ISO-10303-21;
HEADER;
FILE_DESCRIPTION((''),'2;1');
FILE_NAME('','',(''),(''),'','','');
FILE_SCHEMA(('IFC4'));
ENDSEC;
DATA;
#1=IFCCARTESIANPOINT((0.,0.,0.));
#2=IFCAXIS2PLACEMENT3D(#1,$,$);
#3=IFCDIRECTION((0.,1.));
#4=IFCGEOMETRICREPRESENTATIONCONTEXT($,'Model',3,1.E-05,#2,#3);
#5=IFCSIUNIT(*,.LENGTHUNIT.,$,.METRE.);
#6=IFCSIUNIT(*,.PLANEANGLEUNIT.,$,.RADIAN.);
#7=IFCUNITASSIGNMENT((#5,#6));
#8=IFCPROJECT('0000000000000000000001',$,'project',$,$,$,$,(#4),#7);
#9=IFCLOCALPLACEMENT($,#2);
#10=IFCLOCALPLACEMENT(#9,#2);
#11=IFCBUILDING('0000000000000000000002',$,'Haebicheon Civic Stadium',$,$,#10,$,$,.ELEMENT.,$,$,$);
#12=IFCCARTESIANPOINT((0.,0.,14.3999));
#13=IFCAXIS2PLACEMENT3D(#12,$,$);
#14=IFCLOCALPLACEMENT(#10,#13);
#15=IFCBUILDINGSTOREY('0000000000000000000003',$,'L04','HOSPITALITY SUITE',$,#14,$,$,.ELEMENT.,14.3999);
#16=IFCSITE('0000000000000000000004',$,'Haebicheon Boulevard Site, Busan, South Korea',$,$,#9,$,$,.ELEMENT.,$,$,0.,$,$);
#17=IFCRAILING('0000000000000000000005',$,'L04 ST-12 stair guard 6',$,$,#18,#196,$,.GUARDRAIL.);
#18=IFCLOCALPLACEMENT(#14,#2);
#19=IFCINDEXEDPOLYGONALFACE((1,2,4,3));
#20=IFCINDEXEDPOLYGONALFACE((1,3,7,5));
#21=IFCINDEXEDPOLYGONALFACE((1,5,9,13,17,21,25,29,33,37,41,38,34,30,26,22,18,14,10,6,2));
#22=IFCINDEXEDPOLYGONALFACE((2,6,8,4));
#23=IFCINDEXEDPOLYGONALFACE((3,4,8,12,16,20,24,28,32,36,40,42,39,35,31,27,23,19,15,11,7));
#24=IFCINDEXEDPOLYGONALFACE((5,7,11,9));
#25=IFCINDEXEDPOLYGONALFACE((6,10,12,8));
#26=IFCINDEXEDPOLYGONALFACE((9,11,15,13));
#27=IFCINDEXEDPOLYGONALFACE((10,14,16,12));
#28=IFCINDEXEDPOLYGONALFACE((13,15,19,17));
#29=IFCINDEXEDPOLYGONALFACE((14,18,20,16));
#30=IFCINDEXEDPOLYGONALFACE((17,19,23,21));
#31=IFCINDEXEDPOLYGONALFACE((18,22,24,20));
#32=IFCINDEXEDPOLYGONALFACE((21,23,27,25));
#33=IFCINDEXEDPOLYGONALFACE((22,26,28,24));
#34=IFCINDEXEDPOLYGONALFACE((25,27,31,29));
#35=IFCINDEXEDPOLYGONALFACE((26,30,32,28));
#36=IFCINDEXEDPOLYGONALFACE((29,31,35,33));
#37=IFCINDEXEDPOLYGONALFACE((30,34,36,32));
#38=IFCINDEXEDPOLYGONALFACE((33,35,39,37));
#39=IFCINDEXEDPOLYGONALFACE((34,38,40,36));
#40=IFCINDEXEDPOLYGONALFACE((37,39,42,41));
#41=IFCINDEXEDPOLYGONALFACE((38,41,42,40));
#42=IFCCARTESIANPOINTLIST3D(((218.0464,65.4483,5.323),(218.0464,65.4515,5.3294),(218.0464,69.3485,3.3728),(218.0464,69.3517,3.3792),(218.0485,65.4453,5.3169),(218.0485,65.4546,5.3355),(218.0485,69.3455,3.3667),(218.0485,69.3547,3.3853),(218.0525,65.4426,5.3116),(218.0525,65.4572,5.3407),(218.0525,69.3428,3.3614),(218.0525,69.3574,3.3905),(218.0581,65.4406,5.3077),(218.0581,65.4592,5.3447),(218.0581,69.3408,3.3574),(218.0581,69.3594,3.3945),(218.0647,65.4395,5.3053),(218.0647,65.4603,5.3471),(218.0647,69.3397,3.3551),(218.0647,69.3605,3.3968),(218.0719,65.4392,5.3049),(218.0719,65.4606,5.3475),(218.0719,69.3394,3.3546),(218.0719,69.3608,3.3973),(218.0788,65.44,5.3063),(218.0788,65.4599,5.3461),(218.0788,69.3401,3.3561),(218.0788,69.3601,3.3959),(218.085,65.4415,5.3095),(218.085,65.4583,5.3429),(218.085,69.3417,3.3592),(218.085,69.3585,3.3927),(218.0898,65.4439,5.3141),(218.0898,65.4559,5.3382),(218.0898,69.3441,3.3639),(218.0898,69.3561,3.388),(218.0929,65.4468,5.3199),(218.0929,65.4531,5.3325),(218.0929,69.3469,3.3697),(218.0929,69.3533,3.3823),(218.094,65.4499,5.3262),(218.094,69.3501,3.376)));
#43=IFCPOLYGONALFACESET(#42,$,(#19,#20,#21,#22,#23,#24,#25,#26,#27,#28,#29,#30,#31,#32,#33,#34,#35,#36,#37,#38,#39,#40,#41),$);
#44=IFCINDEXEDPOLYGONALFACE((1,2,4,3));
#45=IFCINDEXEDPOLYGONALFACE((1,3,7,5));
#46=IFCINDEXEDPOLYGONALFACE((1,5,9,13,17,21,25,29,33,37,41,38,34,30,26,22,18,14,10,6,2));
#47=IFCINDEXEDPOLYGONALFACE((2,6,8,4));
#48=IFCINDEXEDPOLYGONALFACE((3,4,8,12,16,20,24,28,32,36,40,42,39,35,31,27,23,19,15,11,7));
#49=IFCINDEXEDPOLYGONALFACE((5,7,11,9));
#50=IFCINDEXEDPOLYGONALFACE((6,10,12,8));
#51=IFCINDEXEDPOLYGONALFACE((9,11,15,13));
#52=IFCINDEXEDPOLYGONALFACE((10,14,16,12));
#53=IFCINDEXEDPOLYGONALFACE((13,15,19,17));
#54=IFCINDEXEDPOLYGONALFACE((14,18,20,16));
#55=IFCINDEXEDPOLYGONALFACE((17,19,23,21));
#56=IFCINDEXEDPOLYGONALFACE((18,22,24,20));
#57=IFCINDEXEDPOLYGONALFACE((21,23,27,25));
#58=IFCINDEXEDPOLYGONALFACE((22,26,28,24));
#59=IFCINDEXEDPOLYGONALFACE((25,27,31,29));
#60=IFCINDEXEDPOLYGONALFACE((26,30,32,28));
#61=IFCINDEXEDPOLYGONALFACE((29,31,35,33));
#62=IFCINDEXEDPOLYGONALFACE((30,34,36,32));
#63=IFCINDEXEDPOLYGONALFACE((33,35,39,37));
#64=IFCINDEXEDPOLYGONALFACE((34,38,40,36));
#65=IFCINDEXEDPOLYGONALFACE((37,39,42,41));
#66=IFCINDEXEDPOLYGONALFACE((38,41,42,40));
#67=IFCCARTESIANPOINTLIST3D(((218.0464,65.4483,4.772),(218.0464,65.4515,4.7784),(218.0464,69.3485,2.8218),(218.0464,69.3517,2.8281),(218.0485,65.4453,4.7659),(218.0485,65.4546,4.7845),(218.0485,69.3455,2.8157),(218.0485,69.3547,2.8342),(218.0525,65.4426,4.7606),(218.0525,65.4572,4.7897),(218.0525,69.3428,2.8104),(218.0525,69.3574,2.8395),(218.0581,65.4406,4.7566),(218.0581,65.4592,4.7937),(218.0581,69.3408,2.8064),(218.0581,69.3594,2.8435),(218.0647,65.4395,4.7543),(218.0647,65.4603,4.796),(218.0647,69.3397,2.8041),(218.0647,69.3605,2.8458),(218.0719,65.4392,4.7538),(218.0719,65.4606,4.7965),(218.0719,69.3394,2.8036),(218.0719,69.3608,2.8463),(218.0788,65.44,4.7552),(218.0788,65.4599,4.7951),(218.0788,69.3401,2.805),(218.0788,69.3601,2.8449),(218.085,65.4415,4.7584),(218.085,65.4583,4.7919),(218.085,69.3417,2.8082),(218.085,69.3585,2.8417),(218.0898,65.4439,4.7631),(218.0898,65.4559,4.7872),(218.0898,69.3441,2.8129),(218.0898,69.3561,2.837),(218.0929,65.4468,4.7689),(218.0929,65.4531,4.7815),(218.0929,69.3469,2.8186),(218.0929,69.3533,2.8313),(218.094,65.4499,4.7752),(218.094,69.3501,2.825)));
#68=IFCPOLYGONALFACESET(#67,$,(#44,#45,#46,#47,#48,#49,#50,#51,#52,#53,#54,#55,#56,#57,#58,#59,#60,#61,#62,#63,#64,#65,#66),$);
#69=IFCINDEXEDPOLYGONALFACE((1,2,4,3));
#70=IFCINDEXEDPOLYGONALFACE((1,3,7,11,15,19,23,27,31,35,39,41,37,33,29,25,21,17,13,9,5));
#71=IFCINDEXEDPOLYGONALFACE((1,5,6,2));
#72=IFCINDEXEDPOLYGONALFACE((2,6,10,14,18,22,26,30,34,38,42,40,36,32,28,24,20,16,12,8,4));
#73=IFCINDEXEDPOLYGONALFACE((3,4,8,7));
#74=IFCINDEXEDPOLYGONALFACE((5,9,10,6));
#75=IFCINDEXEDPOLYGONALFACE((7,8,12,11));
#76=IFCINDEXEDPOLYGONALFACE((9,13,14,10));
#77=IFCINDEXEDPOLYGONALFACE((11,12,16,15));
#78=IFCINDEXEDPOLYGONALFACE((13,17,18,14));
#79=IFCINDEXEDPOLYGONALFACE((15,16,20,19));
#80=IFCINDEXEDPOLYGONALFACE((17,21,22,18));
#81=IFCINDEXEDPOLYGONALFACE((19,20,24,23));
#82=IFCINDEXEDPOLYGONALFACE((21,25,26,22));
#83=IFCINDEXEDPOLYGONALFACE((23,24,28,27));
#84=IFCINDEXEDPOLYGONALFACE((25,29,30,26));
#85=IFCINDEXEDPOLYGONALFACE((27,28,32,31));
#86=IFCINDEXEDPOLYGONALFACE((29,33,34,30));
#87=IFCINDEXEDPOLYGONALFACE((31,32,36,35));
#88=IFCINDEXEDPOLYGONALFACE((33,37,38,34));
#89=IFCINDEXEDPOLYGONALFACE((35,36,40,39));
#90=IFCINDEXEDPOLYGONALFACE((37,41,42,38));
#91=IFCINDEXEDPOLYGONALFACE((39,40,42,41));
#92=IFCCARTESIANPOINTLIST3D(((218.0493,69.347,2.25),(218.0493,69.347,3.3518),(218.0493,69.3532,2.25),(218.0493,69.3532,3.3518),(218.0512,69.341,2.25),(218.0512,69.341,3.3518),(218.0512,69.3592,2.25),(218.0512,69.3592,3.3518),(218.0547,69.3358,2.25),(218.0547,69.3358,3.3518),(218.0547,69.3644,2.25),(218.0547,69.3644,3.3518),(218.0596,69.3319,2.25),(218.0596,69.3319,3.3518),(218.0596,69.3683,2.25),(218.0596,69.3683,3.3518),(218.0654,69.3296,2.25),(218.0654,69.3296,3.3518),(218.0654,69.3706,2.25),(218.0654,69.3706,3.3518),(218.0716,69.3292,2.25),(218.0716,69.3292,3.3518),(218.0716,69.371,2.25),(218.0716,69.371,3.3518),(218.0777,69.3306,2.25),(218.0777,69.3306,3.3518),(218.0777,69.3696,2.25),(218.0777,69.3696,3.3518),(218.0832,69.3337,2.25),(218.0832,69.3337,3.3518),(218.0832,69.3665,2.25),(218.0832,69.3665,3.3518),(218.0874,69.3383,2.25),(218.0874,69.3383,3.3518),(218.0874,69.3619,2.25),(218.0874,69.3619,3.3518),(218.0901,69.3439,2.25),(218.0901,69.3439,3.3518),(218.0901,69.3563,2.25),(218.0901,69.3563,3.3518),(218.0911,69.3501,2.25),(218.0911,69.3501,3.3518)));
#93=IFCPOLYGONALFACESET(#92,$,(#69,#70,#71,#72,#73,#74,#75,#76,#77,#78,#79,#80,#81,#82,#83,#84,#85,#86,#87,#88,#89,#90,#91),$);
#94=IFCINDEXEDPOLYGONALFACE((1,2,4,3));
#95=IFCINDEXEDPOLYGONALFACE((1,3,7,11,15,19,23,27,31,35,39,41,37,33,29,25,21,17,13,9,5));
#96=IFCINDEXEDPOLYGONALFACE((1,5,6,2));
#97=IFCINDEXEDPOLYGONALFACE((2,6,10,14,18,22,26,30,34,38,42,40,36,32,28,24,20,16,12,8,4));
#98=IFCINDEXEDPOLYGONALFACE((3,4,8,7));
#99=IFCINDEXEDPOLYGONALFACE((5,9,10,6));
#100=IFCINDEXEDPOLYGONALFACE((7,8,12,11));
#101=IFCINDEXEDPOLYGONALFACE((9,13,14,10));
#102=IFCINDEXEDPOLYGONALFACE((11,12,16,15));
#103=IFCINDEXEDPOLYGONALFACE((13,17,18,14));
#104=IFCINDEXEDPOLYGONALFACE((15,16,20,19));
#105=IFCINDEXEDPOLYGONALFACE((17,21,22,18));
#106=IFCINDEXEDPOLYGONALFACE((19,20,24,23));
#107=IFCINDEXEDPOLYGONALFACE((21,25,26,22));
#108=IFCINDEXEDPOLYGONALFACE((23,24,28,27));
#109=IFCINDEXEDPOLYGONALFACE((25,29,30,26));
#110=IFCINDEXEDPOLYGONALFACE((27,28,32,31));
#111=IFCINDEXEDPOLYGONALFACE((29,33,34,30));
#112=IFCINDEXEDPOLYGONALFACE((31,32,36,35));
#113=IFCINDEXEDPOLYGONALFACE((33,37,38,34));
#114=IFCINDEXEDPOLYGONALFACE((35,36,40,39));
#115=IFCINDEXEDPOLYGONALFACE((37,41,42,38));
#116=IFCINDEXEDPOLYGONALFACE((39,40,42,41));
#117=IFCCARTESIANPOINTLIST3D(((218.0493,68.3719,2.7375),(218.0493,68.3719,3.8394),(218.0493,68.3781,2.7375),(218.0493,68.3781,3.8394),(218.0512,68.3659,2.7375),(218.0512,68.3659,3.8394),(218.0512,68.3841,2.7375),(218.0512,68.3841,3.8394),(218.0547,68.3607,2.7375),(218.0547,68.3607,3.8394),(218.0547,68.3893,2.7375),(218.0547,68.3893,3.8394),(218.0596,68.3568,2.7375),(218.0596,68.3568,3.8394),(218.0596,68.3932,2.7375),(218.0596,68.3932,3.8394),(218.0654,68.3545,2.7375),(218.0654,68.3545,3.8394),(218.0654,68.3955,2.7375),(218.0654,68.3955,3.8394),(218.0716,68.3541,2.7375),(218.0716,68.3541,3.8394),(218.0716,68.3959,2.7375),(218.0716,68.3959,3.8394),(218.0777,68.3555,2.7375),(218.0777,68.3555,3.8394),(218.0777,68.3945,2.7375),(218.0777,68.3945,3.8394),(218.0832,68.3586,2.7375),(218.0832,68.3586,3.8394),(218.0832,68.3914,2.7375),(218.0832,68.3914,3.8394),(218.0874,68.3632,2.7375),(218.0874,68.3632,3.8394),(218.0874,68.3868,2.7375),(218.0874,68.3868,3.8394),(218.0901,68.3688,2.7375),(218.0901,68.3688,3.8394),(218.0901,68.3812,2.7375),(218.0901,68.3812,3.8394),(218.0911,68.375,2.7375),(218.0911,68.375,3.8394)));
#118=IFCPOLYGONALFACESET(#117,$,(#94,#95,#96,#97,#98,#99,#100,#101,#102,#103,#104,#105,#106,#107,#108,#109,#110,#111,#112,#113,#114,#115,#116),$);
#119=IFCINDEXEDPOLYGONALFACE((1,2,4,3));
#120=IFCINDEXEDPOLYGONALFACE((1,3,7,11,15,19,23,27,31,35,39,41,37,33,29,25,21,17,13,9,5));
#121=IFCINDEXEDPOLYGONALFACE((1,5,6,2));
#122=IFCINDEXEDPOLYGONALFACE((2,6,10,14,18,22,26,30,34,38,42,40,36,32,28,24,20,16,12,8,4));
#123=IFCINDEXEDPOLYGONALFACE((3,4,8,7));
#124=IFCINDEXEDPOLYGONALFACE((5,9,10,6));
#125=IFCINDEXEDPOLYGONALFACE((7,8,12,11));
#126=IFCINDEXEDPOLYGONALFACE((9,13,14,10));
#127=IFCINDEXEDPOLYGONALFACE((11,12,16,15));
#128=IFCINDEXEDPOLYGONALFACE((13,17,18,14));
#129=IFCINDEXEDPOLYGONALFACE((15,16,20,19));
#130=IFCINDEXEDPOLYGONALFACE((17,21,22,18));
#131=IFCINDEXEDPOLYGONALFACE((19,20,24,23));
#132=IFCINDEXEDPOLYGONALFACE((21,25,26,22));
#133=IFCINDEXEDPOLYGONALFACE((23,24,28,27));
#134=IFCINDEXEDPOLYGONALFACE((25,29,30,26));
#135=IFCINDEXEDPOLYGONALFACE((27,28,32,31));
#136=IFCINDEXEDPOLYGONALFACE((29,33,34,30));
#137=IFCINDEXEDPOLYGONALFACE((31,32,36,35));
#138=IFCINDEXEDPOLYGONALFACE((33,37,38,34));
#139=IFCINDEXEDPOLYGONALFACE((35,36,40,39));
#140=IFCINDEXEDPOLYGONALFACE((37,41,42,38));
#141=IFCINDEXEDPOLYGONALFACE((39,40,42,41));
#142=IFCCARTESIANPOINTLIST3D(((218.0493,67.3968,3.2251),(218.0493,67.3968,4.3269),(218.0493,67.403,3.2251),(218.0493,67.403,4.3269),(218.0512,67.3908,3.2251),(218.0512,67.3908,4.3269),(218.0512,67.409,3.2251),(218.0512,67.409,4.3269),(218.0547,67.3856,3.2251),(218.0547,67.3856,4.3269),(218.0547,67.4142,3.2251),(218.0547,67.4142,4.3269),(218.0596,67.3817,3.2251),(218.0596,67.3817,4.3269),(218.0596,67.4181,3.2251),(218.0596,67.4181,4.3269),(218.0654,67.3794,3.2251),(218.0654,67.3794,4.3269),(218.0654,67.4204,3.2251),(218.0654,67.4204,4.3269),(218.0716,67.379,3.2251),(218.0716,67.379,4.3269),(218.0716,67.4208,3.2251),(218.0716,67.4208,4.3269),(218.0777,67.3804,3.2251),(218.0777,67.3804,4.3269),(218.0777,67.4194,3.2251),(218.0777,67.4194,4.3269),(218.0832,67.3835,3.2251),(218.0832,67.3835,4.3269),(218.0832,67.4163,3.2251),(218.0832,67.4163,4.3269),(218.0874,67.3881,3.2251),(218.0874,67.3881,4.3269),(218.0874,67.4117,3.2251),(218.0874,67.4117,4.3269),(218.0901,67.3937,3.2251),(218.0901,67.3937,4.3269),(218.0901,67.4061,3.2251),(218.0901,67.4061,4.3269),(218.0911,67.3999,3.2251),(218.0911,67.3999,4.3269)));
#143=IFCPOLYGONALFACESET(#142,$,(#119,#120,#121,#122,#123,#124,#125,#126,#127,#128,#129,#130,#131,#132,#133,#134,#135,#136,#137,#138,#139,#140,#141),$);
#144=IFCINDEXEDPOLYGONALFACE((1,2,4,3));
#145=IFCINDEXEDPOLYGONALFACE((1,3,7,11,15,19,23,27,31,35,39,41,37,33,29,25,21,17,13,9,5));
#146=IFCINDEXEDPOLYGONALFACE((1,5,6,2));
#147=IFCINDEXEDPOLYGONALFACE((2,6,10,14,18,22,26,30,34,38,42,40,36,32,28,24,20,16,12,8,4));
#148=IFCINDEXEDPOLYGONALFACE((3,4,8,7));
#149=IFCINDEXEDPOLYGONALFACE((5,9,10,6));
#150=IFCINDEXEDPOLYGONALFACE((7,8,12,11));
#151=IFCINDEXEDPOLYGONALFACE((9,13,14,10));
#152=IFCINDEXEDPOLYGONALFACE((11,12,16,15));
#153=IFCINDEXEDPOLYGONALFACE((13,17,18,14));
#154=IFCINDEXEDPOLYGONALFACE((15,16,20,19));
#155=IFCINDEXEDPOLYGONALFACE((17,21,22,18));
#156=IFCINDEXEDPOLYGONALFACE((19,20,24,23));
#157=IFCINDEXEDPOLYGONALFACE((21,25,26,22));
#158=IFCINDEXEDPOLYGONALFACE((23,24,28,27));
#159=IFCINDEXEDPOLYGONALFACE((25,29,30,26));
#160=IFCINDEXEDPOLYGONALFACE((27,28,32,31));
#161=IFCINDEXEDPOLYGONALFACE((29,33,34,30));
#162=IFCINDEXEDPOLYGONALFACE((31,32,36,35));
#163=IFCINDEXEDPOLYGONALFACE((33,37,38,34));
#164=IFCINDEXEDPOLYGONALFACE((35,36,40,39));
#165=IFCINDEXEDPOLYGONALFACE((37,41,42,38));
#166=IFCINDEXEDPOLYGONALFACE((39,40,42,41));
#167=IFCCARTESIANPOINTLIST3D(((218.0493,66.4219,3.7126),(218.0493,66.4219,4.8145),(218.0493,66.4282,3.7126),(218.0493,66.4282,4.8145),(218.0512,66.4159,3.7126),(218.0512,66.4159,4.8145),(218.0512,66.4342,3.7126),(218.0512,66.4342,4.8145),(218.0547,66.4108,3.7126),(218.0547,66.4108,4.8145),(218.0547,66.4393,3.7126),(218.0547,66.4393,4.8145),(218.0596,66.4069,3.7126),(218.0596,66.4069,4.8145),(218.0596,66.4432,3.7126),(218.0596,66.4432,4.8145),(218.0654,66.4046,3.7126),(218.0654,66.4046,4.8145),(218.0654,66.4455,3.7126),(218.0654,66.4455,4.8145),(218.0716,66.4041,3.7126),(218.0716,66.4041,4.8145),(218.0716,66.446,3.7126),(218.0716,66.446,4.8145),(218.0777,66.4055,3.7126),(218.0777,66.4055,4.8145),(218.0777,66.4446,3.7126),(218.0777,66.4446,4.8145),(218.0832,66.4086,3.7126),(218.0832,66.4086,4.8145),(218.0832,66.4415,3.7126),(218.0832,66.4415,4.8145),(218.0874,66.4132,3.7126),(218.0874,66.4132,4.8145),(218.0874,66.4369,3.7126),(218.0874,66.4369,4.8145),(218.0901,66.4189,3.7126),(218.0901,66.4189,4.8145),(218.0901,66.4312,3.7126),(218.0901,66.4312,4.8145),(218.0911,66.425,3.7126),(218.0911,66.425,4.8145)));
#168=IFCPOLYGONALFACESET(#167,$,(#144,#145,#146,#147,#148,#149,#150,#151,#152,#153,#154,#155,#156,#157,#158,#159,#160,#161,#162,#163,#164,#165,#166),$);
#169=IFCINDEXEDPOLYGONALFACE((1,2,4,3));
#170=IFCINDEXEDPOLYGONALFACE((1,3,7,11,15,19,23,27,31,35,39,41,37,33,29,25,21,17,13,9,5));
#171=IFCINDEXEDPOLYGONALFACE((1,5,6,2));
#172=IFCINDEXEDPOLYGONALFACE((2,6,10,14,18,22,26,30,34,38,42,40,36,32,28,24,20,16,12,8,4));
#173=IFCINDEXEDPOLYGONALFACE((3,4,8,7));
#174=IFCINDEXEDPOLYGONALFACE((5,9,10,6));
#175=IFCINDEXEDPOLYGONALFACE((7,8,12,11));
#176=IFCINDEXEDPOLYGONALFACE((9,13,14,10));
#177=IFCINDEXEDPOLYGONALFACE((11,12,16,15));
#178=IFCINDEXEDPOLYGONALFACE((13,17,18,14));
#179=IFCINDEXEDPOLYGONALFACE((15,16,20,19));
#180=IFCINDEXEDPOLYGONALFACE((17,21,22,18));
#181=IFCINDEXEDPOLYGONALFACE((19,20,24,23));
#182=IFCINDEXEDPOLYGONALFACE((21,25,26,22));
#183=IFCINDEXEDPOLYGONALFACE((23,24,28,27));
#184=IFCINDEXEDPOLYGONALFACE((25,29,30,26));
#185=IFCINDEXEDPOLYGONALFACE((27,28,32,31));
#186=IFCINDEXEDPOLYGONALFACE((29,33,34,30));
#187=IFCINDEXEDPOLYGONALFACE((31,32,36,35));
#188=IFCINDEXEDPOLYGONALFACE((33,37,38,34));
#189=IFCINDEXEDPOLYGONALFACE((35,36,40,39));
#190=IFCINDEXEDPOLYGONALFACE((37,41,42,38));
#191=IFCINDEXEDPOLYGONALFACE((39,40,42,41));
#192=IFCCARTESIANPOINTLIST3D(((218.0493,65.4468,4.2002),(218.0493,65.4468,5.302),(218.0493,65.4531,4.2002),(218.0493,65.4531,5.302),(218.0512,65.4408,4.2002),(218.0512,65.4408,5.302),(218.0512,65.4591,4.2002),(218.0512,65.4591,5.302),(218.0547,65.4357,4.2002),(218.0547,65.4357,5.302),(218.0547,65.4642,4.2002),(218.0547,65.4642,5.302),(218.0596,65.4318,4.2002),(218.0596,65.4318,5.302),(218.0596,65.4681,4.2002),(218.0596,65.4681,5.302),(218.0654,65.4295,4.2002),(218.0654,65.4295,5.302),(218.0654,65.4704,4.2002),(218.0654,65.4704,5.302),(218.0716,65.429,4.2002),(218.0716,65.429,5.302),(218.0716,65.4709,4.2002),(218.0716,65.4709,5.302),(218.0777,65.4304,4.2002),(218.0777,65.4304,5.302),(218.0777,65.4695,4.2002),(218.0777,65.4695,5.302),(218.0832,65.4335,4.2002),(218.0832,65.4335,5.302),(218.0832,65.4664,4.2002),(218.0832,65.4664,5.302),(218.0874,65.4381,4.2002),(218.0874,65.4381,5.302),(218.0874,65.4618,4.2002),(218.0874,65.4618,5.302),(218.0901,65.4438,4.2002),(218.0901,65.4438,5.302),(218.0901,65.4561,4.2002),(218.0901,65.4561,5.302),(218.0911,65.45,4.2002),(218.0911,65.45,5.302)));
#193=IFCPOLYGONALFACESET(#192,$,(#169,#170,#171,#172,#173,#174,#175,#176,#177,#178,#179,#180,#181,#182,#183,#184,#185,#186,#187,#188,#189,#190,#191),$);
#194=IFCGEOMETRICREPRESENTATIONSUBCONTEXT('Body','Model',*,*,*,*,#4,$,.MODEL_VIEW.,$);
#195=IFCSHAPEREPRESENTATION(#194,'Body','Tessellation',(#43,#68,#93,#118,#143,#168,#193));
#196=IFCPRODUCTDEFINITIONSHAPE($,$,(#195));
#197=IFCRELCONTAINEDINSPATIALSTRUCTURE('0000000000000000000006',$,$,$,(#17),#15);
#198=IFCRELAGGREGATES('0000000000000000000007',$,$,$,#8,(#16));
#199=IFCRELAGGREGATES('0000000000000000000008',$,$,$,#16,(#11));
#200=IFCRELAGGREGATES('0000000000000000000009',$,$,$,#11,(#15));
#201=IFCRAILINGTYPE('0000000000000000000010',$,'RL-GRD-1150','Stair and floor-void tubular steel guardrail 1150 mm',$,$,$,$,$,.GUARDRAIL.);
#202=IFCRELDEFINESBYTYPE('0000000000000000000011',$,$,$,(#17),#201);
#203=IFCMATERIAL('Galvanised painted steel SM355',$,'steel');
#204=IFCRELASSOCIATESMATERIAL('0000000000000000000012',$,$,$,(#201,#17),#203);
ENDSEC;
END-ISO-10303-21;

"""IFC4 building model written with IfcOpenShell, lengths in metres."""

from ifc_helpers import new_model, si_unit, direction, frame, origin, origin_2d, place, context, subcontext, project, spatial, circle, extrude, material, type_object, element, save


model = new_model("IFC4")

# Units and contexts
model_context = context("Model", 3, precision=1e-05, world=origin(), true_north=direction((0.0, 1.0)))
body_context = subcontext(model_context, "Body", "Model", "MODEL_VIEW")
ifc_project = project(units=[si_unit("LENGTHUNIT", "METRE"), si_unit("PLANEANGLEUNIT", "RADIAN")], contexts=[model_context])

# Site, building, storey
site_placement = place(None, origin())
site = spatial("IfcSite", under=ifc_project, at=site_placement, Name="Haebicheon Boulevard Site, Busan, South Korea", CompositionType="ELEMENT", RefElevation=0.0)
building_placement = place(site_placement, origin())
building = spatial("IfcBuilding", under=site, at=building_placement, Name="Haebicheon Civic Stadium", CompositionType="ELEMENT")
storey_placement = place(building_placement, frame((0.0, 0.0, 14.3999)))
storey = spatial("IfcBuildingStorey", under=building, at=storey_placement, Name="L04", Description="HOSPITALITY SUITE", CompositionType="ELEMENT", Elevation=14.3999)

# Railing
ifc_material_1 = material(Name="Galvanised painted steel SM355", Category="steel")
railing_type_1 = type_object("IfcRailingType", Name="RL-GRD-1150", Description="Stair and floor-void tubular steel guardrail 1150 mm", PredefinedType="GUARDRAIL", material=ifc_material_1)
railing_1_placement = place(storey_placement, frame((218.0701, 69.3501, 2.25)))
element("IfcRailing", 1, at=railing_1_placement, inside=storey, type_object=railing_type_1, material=ifc_material_1, Name="L04 ST-12 stair guard 6", PredefinedType="GUARDRAIL", context=body_context, shape_type="SweptSolid", body=[
    extrude(circle(Radius=0.0239, at=origin_2d()), frame((0.0, 0.0, 1.126), z_axis=(0.0, -0.894416, 0.447236), x_axis=(1.0, 0.0, 0.0)), (0.0, 0.0, 1.0), 4.3606),
    extrude(circle(Radius=0.0239, at=origin_2d()), frame((0.0, 0.0, 0.575), z_axis=(0.0, -0.894416, 0.447236), x_axis=(1.0, 0.0, 0.0)), (0.0, 0.0, 1.0), 4.3606),
    extrude(circle(Radius=0.021, at=origin_2d()), origin(), (0.0, 0.0, 1.0), 1.1018),
    extrude(circle(Radius=0.021, at=origin_2d()), frame((0.0, -0.9751, 0.4875)), (0.0, 0.0, 1.0), 1.1018),
    extrude(circle(Radius=0.021, at=origin_2d()), frame((0.0, -1.9502, 0.9751)), (0.0, 0.0, 1.0), 1.1018),
    extrude(circle(Radius=0.021, at=origin_2d()), frame((0.0, -2.925, 1.4626)), (0.0, 0.0, 1.0), 1.1018),
    extrude(circle(Radius=0.021, at=origin_2d()), frame((0.0, -3.9001, 1.9502)), (0.0, 0.0, 1.0), 1.1018),
])

save(model, "model.ifc")
